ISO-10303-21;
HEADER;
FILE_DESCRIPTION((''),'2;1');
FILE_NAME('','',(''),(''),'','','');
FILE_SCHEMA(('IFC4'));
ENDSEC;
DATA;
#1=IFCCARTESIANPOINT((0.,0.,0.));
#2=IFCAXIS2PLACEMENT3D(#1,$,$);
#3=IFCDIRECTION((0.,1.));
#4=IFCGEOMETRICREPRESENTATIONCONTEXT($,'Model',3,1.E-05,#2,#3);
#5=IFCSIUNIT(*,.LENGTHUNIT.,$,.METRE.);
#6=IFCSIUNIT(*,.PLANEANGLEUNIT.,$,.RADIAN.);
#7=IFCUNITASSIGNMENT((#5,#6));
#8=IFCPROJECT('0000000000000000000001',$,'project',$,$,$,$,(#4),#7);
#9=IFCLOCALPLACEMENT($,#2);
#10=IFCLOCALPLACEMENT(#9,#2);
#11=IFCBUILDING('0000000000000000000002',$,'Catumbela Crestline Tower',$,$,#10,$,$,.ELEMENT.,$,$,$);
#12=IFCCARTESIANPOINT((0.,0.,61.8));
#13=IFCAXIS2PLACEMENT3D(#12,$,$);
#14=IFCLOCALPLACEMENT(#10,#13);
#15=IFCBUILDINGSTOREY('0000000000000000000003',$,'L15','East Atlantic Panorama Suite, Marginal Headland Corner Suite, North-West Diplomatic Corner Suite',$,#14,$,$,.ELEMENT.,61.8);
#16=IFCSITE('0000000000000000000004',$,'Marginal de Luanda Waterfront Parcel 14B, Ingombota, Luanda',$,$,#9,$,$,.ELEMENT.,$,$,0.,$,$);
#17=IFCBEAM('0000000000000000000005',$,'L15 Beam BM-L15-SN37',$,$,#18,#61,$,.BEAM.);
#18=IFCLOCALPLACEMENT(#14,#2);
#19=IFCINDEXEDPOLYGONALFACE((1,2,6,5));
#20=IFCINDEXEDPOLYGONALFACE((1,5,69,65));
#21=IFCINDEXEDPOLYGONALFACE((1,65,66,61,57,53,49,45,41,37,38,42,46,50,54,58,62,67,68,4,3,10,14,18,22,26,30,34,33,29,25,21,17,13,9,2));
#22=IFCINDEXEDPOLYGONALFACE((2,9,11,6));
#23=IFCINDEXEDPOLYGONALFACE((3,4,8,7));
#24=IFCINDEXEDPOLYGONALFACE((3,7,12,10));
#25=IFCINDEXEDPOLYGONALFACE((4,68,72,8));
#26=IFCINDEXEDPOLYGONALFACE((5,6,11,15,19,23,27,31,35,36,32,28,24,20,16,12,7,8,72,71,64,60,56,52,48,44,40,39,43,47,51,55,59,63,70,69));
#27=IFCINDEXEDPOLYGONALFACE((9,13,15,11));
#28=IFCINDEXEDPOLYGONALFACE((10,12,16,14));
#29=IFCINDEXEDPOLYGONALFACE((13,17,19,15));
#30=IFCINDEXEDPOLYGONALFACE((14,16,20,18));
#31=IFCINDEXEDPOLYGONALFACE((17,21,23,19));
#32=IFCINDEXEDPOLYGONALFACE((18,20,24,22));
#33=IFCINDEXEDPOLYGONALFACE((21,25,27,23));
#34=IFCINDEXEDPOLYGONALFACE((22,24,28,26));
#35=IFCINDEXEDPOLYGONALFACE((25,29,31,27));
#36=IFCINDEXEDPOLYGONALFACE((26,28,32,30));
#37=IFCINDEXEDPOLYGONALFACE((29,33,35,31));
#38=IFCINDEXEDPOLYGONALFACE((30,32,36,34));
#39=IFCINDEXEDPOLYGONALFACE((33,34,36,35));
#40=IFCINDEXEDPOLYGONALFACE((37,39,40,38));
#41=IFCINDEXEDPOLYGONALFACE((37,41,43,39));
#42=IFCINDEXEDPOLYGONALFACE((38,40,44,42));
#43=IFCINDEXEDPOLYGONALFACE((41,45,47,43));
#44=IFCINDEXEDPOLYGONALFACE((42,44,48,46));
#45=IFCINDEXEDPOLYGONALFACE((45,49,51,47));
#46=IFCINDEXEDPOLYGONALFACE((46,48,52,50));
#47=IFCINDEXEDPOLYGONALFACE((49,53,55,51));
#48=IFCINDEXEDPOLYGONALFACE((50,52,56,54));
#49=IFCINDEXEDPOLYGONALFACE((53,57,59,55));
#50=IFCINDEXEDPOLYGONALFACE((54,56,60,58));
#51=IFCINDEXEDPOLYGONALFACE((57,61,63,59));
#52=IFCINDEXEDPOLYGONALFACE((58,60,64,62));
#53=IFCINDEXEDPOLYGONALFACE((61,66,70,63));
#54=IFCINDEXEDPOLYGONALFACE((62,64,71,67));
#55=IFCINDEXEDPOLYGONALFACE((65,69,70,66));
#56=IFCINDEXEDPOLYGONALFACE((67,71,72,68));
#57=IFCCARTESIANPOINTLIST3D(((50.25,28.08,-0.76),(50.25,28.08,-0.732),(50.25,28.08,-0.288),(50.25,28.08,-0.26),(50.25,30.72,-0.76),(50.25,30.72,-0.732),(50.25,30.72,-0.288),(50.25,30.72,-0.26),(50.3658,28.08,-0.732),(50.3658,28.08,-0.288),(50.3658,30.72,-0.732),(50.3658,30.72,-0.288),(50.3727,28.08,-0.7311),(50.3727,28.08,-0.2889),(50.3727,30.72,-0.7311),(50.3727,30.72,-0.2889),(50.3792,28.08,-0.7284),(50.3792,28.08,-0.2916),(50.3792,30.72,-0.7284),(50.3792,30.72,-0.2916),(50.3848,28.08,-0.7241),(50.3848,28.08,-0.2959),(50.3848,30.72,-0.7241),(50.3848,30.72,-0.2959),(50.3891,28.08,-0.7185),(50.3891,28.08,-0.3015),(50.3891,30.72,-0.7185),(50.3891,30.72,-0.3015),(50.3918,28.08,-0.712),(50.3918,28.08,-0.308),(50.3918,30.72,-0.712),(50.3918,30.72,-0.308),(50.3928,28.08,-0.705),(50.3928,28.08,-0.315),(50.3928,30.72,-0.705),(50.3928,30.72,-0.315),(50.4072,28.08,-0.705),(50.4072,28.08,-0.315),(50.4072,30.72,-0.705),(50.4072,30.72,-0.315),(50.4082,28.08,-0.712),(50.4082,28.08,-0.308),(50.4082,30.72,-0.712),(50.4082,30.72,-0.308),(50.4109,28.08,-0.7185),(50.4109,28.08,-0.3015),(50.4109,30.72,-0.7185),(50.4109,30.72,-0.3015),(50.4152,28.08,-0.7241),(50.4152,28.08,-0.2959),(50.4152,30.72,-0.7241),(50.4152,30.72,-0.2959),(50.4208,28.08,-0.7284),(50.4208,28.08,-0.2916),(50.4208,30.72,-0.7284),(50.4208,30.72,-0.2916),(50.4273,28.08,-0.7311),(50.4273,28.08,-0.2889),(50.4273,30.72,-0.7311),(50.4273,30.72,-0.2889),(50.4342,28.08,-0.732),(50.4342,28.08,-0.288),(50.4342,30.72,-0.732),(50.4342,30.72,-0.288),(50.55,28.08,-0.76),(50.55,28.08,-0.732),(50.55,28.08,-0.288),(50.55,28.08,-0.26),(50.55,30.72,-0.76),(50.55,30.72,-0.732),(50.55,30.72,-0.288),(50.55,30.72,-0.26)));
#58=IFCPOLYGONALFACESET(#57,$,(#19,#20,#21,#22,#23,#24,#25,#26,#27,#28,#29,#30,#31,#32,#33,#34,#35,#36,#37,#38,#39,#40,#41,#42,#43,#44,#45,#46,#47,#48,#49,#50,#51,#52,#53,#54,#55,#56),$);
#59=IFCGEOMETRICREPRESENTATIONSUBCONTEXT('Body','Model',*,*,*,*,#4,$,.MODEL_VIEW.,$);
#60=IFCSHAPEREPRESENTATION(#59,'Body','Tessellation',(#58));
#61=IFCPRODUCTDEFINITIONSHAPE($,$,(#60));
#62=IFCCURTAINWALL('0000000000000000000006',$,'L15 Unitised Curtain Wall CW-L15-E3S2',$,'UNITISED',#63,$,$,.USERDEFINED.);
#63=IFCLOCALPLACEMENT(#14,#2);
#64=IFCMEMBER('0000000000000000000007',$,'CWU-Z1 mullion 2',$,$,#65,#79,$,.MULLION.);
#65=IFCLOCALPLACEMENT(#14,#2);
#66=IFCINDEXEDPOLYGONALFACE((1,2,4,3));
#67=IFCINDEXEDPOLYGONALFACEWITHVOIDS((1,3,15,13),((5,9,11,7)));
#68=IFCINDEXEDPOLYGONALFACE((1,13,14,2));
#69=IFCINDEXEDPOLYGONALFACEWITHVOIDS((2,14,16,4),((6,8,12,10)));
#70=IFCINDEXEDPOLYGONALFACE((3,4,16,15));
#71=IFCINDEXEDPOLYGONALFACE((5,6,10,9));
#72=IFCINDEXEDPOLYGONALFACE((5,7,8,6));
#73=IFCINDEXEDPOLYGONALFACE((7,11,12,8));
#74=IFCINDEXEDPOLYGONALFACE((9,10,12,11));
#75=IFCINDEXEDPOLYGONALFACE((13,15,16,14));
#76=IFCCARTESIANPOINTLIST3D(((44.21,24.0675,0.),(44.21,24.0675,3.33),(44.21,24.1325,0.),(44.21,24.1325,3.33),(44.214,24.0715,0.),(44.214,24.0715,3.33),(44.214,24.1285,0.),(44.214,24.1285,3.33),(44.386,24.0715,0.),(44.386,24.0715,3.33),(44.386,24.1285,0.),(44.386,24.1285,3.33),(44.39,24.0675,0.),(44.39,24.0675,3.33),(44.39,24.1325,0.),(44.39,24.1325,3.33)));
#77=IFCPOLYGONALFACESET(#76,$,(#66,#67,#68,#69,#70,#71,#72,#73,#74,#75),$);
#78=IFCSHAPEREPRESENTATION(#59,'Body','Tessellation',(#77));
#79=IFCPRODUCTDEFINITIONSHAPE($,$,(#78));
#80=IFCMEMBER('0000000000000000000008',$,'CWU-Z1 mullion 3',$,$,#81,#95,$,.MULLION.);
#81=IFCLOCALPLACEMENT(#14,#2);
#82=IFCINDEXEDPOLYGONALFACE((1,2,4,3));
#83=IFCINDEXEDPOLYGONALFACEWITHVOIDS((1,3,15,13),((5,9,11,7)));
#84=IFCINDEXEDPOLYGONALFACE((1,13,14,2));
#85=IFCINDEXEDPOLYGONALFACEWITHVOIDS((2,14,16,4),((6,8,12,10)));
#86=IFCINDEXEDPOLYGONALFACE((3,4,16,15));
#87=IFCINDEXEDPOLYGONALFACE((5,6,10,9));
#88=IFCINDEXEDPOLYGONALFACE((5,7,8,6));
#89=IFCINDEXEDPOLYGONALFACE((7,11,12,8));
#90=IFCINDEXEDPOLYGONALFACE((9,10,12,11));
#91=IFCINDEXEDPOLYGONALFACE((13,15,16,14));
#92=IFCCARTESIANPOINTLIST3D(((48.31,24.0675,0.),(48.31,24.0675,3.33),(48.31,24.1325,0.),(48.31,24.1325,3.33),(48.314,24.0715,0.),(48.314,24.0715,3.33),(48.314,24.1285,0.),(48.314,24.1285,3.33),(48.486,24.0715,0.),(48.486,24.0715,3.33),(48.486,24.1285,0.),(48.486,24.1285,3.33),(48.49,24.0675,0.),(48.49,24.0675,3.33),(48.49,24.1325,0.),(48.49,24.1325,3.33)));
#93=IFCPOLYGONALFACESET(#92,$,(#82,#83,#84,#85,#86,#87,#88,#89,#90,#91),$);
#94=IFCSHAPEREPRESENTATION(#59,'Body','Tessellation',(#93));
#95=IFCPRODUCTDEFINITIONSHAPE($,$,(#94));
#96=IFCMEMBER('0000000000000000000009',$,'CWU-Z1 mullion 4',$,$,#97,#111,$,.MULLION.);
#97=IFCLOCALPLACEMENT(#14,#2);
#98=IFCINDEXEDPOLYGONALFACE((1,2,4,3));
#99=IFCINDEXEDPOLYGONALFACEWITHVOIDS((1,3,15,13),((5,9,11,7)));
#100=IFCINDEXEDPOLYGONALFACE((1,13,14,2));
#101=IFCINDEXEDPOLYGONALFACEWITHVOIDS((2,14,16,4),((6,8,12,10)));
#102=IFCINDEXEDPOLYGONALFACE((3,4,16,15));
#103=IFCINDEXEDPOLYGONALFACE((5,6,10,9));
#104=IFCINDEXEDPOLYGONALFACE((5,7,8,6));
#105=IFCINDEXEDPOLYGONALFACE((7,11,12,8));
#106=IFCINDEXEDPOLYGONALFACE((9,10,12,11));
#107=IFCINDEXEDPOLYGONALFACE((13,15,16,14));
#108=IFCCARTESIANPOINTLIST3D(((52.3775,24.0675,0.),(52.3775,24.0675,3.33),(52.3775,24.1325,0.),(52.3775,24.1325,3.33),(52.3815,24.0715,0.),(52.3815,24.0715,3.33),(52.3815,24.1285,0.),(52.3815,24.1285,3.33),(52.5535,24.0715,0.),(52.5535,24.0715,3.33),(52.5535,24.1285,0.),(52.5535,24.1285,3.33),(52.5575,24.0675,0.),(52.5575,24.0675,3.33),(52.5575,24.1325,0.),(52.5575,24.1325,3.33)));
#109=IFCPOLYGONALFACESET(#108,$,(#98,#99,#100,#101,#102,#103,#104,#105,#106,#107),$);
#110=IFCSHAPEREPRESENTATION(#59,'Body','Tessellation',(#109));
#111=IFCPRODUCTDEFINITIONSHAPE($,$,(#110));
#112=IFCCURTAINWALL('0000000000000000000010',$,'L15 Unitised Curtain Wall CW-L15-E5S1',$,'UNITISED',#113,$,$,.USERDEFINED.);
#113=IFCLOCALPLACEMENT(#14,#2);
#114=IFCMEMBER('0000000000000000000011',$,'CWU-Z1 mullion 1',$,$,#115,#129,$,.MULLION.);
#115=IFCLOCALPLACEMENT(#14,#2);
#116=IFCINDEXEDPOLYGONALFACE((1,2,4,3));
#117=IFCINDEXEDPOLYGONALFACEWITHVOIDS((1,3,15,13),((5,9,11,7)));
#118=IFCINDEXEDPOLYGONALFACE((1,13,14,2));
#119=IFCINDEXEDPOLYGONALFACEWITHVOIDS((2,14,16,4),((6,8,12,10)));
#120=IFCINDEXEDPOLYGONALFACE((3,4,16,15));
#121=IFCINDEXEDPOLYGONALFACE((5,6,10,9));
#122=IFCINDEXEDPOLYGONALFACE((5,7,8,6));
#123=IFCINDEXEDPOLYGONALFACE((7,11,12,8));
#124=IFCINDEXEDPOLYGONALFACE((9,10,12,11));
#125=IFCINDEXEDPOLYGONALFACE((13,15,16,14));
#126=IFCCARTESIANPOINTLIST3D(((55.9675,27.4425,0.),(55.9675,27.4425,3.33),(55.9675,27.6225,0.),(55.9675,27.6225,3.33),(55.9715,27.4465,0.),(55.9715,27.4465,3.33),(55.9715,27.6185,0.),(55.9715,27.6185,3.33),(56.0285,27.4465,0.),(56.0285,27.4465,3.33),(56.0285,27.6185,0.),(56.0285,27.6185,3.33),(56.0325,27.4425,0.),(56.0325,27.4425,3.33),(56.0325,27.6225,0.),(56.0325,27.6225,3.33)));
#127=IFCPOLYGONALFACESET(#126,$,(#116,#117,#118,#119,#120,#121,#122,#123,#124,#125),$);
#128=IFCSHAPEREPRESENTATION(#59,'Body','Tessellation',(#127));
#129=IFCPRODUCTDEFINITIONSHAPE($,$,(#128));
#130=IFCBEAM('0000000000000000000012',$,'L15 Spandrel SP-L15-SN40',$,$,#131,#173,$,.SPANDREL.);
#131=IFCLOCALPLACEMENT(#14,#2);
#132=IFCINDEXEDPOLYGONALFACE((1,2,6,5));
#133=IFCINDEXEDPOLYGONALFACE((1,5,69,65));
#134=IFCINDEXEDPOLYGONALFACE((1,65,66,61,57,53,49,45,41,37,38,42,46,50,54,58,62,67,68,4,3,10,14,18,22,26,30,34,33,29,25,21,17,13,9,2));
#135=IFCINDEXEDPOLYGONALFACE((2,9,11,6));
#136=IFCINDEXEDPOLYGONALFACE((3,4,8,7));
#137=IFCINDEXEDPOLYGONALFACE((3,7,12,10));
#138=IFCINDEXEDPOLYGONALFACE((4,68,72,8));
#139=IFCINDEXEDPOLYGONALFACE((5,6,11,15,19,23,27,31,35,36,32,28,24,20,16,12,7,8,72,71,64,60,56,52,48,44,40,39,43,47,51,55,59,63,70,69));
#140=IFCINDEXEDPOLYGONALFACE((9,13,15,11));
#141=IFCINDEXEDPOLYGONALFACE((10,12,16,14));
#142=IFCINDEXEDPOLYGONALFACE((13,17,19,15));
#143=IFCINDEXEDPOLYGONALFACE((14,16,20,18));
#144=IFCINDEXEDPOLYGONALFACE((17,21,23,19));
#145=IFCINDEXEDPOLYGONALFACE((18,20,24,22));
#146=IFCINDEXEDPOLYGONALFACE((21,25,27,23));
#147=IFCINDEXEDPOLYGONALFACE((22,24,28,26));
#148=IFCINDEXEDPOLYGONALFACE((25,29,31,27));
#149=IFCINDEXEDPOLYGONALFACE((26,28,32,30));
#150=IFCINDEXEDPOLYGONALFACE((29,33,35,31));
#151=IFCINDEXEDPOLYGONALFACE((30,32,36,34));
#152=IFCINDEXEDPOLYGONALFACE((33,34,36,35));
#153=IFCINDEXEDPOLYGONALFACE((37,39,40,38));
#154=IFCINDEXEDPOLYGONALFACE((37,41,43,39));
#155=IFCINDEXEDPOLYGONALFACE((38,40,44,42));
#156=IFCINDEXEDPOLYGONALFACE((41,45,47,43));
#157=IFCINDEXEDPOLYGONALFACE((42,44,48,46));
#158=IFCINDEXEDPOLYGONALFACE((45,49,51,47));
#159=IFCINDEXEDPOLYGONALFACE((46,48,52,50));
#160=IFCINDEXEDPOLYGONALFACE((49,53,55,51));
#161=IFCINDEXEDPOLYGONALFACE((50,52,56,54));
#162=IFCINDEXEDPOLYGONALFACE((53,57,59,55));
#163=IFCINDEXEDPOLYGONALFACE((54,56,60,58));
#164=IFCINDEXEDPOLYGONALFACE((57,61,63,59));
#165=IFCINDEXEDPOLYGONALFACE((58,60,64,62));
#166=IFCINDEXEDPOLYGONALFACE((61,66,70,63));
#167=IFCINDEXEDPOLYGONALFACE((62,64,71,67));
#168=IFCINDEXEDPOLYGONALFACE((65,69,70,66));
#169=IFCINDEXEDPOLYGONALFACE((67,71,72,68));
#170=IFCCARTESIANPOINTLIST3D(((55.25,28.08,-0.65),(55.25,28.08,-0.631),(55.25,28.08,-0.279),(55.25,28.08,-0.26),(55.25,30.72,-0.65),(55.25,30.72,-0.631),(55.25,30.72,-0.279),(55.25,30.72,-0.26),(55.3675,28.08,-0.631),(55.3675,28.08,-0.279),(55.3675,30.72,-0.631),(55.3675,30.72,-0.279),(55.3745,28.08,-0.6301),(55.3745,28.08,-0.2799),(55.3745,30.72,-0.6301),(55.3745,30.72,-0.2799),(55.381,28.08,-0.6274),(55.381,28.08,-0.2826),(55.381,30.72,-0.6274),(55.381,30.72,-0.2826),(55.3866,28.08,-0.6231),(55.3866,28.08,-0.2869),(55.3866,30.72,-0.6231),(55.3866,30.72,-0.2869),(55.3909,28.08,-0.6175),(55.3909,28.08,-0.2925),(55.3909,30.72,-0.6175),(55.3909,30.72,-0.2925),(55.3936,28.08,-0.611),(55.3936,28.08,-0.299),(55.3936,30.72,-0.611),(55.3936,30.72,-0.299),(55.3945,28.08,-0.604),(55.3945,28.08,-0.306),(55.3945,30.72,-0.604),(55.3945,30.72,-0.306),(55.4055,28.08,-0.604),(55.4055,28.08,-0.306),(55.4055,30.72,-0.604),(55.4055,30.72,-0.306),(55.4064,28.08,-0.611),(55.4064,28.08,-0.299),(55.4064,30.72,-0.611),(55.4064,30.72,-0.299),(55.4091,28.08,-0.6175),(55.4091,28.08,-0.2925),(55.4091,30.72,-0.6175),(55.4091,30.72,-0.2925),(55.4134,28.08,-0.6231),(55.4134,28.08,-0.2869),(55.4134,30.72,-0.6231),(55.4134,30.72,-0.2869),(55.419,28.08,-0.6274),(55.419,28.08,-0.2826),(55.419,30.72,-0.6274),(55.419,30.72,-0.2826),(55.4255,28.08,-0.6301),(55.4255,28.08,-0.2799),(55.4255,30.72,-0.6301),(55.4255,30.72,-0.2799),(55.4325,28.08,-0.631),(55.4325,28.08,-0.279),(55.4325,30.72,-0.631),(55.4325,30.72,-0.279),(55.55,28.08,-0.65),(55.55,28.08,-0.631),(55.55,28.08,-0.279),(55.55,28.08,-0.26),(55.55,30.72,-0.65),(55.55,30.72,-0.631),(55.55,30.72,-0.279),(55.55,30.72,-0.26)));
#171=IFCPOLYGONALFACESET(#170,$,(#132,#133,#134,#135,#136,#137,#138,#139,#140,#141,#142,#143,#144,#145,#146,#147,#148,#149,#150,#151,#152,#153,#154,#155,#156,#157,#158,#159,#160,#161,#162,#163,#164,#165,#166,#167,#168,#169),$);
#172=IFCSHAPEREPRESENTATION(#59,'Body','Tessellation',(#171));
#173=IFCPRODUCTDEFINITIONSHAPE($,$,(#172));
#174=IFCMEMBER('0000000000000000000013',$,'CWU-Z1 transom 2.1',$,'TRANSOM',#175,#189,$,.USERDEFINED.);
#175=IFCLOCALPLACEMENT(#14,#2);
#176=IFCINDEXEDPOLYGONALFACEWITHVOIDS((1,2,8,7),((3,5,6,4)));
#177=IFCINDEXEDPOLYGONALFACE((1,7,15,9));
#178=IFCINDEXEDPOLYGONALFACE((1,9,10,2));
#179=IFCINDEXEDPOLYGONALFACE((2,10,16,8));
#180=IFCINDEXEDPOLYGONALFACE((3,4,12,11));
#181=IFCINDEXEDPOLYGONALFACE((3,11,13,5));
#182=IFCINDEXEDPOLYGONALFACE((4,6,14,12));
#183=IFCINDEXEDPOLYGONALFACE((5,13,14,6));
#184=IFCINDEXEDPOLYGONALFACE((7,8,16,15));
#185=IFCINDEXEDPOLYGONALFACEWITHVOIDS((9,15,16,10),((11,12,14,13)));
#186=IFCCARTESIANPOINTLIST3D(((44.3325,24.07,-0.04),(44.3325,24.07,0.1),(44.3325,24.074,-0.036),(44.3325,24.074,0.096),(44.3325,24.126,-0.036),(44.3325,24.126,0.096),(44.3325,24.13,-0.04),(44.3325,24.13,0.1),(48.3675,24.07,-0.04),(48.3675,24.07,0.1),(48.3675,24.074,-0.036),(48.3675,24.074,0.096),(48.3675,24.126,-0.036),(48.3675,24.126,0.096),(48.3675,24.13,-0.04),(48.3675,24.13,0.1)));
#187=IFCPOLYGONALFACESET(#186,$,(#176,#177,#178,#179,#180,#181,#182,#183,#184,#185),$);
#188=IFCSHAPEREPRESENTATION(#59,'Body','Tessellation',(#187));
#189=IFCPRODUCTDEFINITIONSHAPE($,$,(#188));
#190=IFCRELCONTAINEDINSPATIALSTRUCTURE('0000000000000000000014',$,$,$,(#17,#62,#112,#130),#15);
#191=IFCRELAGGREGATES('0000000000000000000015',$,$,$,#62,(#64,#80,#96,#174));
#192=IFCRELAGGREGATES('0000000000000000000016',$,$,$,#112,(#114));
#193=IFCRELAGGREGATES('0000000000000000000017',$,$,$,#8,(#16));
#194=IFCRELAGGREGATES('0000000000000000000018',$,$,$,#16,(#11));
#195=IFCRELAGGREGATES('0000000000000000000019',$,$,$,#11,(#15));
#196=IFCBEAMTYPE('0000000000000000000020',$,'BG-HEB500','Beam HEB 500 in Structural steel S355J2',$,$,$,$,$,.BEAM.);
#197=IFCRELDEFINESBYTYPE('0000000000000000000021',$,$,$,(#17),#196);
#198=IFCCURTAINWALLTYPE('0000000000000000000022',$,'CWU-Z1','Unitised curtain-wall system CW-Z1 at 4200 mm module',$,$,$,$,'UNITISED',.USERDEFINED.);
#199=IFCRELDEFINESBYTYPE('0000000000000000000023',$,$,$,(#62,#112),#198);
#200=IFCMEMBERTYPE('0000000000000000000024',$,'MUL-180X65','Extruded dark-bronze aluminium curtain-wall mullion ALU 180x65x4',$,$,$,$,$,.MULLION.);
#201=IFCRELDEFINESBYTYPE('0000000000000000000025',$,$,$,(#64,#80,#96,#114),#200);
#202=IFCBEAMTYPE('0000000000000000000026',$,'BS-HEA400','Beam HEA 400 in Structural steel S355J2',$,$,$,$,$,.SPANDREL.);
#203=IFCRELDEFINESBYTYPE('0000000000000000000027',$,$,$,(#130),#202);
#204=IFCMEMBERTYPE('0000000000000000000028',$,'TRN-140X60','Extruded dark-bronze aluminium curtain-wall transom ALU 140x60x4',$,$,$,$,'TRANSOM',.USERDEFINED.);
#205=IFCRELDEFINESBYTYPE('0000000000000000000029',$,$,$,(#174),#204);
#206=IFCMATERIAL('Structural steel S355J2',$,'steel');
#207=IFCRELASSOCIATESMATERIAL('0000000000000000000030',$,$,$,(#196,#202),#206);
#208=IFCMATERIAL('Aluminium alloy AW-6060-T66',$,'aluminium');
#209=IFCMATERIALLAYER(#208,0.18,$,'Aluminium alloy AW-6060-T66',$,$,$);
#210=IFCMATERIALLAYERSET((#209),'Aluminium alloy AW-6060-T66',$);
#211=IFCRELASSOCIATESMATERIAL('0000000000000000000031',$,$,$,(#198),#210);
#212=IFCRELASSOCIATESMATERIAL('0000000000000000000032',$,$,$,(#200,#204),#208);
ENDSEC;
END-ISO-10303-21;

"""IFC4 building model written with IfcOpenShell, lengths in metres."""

from ifc_helpers import new_model, si_unit, direction, frame, origin, origin_2d, place, context, subcontext, project, spatial, hollow_rectangle, i_section, extrude, material, layer, layer_set, material_profile, profile_set, type_object, element, aggregate, save


model = new_model("IFC4")

# Units and contexts
model_context = context("Model", 3, precision=1e-05, world=origin(), true_north=direction((0.0, 1.0)))
body_context = subcontext(model_context, "Body", "Model", "MODEL_VIEW")
ifc_project = project(units=[si_unit("LENGTHUNIT", "METRE"), si_unit("PLANEANGLEUNIT", "RADIAN")], contexts=[model_context])

# Site, building, storey
site_placement = place(None, origin())
site = spatial("IfcSite", under=ifc_project, at=site_placement, Name="Marginal de Luanda Waterfront Parcel 14B, Ingombota, Luanda", CompositionType="ELEMENT", RefElevation=0.0)
building_placement = place(site_placement, origin())
building = spatial("IfcBuilding", under=site, at=building_placement, Name="Catumbela Crestline Tower", CompositionType="ELEMENT")
storey_placement = place(building_placement, frame((0.0, 0.0, 61.8)))
storey = spatial("IfcBuildingStorey", under=building, at=storey_placement, Name="L15", Description="East Atlantic Panorama Suite, Marginal Headland Corner Suite, North-West Diplomatic Corner Suite", CompositionType="ELEMENT", Elevation=61.8)

# Beam
ifc_material_1 = material(Name="Structural steel S355J2", Category="steel")
ifc_material_profile_1 = material_profile(ifc_material_1, i_section(OverallWidth=0.3, OverallDepth=0.5, WebThickness=0.0145, FlangeThickness=0.028, FilletRadius=0.027, at=origin_2d()), Name="HEB 500")
ifc_profile_set_1 = profile_set([ifc_material_profile_1], Name="Structural steel S355J2")
beam_type_1 = type_object("IfcBeamType", Name="BG-HEB500", Description="Beam HEB 500 in Structural steel S355J2", PredefinedType="BEAM", material=ifc_profile_set_1)
beam_1_placement = place(storey_placement, frame((50.4, 28.08, -0.51), z_axis=(0.0, 1.0, 0.0), x_axis=(-1.0, 0.0, 0.0)))
element("IfcBeam", 1, at=beam_1_placement, inside=storey, type_object=beam_type_1, Name="L15 Beam BM-L15-SN37", PredefinedType="BEAM", context=body_context, shape_type="SweptSolid", body=[
    extrude(i_section(OverallWidth=0.3, OverallDepth=0.5, WebThickness=0.0145, FlangeThickness=0.028, FilletRadius=0.027, at=origin_2d()), origin(), (0.0, 0.0, 1.0), 2.64),
])

# Curtain wall, members
ifc_material_2 = material(Name="Aluminium alloy AW-6060-T66", Category="aluminium")
ifc_layer_1 = layer(ifc_material_2, 0.18, Name="Aluminium alloy AW-6060-T66")
ifc_layer_set_1 = layer_set([ifc_layer_1], Name="Aluminium alloy AW-6060-T66")
curtain_wall_type = type_object("IfcCurtainWallType", Name="CWU-Z1", Description="Unitised curtain-wall system CW-Z1 at 4200 mm module", ElementType="UNITISED", PredefinedType="USERDEFINED", material=ifc_layer_set_1)
curtain_wall_1_placement = place(storey_placement, origin())
curtain_wall_1 = element("IfcCurtainWall", 2, at=curtain_wall_1_placement, inside=storey, type_object=curtain_wall_type, Name="L15 Unitised Curtain Wall CW-L15-E3S2", ObjectType="UNITISED", PredefinedType="USERDEFINED")
ifc_material_profile_2 = material_profile(ifc_material_2, hollow_rectangle(XDim=0.065, YDim=0.18, WallThickness=0.004, at=origin_2d()), Name="ALU 180x65x4")
ifc_profile_set_2 = profile_set([ifc_material_profile_2], Name="Aluminium alloy AW-6060-T66")
member_type_1 = type_object("IfcMemberType", Name="MUL-180X65", Description="Extruded dark-bronze aluminium curtain-wall mullion ALU 180x65x4", PredefinedType="MULLION", material=ifc_profile_set_2)
member_1_placement = place(storey_placement, frame((44.3, 24.1, 0.0), z_axis=(0.0, 0.0, 1.0), x_axis=(0.0, 1.0, 0.0)))
member_1 = element("IfcMember", 3, at=member_1_placement, type_object=member_type_1, Name="CWU-Z1 mullion 2", PredefinedType="MULLION", context=body_context, shape_type="SweptSolid", body=[
    extrude(hollow_rectangle(XDim=0.065, YDim=0.18, WallThickness=0.004, at=origin_2d()), origin(), (0.0, 0.0, 1.0), 3.33),
])
member_2_placement = place(storey_placement, frame((48.4, 24.1, 0.0), z_axis=(0.0, 0.0, 1.0), x_axis=(0.0, 1.0, 0.0)))
member_2 = element("IfcMember", 4, at=member_2_placement, type_object=member_type_1, Name="CWU-Z1 mullion 3", PredefinedType="MULLION", context=body_context, shape_type="SweptSolid", body=[
    extrude(hollow_rectangle(XDim=0.065, YDim=0.18, WallThickness=0.004, at=origin_2d()), origin(), (0.0, 0.0, 1.0), 3.33),
])
member_3_placement = place(storey_placement, frame((52.4675, 24.1, 0.0), z_axis=(0.0, 0.0, 1.0), x_axis=(0.0, 1.0, 0.0)))
member_3 = element("IfcMember", 5, at=member_3_placement, type_object=member_type_1, Name="CWU-Z1 mullion 4", PredefinedType="MULLION", context=body_context, shape_type="SweptSolid", body=[
    extrude(hollow_rectangle(XDim=0.065, YDim=0.18, WallThickness=0.004, at=origin_2d()), origin(), (0.0, 0.0, 1.0), 3.33),
])

# Curtain wall, member
curtain_wall_2_placement = place(storey_placement, origin())
curtain_wall_2 = element("IfcCurtainWall", 6, at=curtain_wall_2_placement, inside=storey, type_object=curtain_wall_type, Name="L15 Unitised Curtain Wall CW-L15-E5S1", ObjectType="UNITISED", PredefinedType="USERDEFINED")
member_4_placement = place(storey_placement, frame((56.0, 27.5325, 0.0), z_axis=(0.0, 0.0, 1.0), x_axis=(-1.0, 0.0, 0.0)))
member_4 = element("IfcMember", 7, at=member_4_placement, type_object=member_type_1, Name="CWU-Z1 mullion 1", PredefinedType="MULLION", context=body_context, shape_type="SweptSolid", body=[
    extrude(hollow_rectangle(XDim=0.065, YDim=0.18, WallThickness=0.004, at=origin_2d()), origin(), (0.0, 0.0, 1.0), 3.33),
])

# Beam
ifc_material_profile_3 = material_profile(ifc_material_1, i_section(OverallWidth=0.3, OverallDepth=0.39, WebThickness=0.011, FlangeThickness=0.019, FilletRadius=0.027, at=origin_2d()), Name="HEA 400")
ifc_profile_set_3 = profile_set([ifc_material_profile_3], Name="Structural steel S355J2")
beam_type_2 = type_object("IfcBeamType", Name="BS-HEA400", Description="Beam HEA 400 in Structural steel S355J2", PredefinedType="SPANDREL", material=ifc_profile_set_3)
beam_2_placement = place(storey_placement, frame((55.4, 28.08, -0.455), z_axis=(0.0, 1.0, 0.0), x_axis=(-1.0, 0.0, 0.0)))
element("IfcBeam", 8, at=beam_2_placement, inside=storey, type_object=beam_type_2, Name="L15 Spandrel SP-L15-SN40", PredefinedType="SPANDREL", context=body_context, shape_type="SweptSolid", body=[
    extrude(i_section(OverallWidth=0.3, OverallDepth=0.39, WebThickness=0.011, FlangeThickness=0.019, FilletRadius=0.027, at=origin_2d()), origin(), (0.0, 0.0, 1.0), 2.64),
])

# Member
ifc_material_profile_4 = material_profile(ifc_material_2, hollow_rectangle(XDim=0.06, YDim=0.14, WallThickness=0.004, at=origin_2d()), Name="ALU 140x60x4")
ifc_profile_set_4 = profile_set([ifc_material_profile_4], Name="Aluminium alloy AW-6060-T66")
member_type_2 = type_object("IfcMemberType", Name="TRN-140X60", Description="Extruded dark-bronze aluminium curtain-wall transom ALU 140x60x4", ElementType="TRANSOM", PredefinedType="USERDEFINED", material=ifc_profile_set_4)
member_5_placement = place(storey_placement, frame((44.3325, 24.1, 0.03), z_axis=(1.0, 0.0, 0.0), x_axis=(0.0, 1.0, 0.0)))
member_5 = element("IfcMember", 9, at=member_5_placement, type_object=member_type_2, Name="CWU-Z1 transom 2.1", ObjectType="TRANSOM", PredefinedType="USERDEFINED", context=body_context, shape_type="SweptSolid", body=[
    extrude(hollow_rectangle(XDim=0.06, YDim=0.14, WallThickness=0.004, at=origin_2d()), origin(), (0.0, 0.0, 1.0), 4.035),
])

aggregate(curtain_wall_1, [member_1, member_2, member_3, member_5])
aggregate(curtain_wall_2, [member_4])

save(model, "model.ifc")
